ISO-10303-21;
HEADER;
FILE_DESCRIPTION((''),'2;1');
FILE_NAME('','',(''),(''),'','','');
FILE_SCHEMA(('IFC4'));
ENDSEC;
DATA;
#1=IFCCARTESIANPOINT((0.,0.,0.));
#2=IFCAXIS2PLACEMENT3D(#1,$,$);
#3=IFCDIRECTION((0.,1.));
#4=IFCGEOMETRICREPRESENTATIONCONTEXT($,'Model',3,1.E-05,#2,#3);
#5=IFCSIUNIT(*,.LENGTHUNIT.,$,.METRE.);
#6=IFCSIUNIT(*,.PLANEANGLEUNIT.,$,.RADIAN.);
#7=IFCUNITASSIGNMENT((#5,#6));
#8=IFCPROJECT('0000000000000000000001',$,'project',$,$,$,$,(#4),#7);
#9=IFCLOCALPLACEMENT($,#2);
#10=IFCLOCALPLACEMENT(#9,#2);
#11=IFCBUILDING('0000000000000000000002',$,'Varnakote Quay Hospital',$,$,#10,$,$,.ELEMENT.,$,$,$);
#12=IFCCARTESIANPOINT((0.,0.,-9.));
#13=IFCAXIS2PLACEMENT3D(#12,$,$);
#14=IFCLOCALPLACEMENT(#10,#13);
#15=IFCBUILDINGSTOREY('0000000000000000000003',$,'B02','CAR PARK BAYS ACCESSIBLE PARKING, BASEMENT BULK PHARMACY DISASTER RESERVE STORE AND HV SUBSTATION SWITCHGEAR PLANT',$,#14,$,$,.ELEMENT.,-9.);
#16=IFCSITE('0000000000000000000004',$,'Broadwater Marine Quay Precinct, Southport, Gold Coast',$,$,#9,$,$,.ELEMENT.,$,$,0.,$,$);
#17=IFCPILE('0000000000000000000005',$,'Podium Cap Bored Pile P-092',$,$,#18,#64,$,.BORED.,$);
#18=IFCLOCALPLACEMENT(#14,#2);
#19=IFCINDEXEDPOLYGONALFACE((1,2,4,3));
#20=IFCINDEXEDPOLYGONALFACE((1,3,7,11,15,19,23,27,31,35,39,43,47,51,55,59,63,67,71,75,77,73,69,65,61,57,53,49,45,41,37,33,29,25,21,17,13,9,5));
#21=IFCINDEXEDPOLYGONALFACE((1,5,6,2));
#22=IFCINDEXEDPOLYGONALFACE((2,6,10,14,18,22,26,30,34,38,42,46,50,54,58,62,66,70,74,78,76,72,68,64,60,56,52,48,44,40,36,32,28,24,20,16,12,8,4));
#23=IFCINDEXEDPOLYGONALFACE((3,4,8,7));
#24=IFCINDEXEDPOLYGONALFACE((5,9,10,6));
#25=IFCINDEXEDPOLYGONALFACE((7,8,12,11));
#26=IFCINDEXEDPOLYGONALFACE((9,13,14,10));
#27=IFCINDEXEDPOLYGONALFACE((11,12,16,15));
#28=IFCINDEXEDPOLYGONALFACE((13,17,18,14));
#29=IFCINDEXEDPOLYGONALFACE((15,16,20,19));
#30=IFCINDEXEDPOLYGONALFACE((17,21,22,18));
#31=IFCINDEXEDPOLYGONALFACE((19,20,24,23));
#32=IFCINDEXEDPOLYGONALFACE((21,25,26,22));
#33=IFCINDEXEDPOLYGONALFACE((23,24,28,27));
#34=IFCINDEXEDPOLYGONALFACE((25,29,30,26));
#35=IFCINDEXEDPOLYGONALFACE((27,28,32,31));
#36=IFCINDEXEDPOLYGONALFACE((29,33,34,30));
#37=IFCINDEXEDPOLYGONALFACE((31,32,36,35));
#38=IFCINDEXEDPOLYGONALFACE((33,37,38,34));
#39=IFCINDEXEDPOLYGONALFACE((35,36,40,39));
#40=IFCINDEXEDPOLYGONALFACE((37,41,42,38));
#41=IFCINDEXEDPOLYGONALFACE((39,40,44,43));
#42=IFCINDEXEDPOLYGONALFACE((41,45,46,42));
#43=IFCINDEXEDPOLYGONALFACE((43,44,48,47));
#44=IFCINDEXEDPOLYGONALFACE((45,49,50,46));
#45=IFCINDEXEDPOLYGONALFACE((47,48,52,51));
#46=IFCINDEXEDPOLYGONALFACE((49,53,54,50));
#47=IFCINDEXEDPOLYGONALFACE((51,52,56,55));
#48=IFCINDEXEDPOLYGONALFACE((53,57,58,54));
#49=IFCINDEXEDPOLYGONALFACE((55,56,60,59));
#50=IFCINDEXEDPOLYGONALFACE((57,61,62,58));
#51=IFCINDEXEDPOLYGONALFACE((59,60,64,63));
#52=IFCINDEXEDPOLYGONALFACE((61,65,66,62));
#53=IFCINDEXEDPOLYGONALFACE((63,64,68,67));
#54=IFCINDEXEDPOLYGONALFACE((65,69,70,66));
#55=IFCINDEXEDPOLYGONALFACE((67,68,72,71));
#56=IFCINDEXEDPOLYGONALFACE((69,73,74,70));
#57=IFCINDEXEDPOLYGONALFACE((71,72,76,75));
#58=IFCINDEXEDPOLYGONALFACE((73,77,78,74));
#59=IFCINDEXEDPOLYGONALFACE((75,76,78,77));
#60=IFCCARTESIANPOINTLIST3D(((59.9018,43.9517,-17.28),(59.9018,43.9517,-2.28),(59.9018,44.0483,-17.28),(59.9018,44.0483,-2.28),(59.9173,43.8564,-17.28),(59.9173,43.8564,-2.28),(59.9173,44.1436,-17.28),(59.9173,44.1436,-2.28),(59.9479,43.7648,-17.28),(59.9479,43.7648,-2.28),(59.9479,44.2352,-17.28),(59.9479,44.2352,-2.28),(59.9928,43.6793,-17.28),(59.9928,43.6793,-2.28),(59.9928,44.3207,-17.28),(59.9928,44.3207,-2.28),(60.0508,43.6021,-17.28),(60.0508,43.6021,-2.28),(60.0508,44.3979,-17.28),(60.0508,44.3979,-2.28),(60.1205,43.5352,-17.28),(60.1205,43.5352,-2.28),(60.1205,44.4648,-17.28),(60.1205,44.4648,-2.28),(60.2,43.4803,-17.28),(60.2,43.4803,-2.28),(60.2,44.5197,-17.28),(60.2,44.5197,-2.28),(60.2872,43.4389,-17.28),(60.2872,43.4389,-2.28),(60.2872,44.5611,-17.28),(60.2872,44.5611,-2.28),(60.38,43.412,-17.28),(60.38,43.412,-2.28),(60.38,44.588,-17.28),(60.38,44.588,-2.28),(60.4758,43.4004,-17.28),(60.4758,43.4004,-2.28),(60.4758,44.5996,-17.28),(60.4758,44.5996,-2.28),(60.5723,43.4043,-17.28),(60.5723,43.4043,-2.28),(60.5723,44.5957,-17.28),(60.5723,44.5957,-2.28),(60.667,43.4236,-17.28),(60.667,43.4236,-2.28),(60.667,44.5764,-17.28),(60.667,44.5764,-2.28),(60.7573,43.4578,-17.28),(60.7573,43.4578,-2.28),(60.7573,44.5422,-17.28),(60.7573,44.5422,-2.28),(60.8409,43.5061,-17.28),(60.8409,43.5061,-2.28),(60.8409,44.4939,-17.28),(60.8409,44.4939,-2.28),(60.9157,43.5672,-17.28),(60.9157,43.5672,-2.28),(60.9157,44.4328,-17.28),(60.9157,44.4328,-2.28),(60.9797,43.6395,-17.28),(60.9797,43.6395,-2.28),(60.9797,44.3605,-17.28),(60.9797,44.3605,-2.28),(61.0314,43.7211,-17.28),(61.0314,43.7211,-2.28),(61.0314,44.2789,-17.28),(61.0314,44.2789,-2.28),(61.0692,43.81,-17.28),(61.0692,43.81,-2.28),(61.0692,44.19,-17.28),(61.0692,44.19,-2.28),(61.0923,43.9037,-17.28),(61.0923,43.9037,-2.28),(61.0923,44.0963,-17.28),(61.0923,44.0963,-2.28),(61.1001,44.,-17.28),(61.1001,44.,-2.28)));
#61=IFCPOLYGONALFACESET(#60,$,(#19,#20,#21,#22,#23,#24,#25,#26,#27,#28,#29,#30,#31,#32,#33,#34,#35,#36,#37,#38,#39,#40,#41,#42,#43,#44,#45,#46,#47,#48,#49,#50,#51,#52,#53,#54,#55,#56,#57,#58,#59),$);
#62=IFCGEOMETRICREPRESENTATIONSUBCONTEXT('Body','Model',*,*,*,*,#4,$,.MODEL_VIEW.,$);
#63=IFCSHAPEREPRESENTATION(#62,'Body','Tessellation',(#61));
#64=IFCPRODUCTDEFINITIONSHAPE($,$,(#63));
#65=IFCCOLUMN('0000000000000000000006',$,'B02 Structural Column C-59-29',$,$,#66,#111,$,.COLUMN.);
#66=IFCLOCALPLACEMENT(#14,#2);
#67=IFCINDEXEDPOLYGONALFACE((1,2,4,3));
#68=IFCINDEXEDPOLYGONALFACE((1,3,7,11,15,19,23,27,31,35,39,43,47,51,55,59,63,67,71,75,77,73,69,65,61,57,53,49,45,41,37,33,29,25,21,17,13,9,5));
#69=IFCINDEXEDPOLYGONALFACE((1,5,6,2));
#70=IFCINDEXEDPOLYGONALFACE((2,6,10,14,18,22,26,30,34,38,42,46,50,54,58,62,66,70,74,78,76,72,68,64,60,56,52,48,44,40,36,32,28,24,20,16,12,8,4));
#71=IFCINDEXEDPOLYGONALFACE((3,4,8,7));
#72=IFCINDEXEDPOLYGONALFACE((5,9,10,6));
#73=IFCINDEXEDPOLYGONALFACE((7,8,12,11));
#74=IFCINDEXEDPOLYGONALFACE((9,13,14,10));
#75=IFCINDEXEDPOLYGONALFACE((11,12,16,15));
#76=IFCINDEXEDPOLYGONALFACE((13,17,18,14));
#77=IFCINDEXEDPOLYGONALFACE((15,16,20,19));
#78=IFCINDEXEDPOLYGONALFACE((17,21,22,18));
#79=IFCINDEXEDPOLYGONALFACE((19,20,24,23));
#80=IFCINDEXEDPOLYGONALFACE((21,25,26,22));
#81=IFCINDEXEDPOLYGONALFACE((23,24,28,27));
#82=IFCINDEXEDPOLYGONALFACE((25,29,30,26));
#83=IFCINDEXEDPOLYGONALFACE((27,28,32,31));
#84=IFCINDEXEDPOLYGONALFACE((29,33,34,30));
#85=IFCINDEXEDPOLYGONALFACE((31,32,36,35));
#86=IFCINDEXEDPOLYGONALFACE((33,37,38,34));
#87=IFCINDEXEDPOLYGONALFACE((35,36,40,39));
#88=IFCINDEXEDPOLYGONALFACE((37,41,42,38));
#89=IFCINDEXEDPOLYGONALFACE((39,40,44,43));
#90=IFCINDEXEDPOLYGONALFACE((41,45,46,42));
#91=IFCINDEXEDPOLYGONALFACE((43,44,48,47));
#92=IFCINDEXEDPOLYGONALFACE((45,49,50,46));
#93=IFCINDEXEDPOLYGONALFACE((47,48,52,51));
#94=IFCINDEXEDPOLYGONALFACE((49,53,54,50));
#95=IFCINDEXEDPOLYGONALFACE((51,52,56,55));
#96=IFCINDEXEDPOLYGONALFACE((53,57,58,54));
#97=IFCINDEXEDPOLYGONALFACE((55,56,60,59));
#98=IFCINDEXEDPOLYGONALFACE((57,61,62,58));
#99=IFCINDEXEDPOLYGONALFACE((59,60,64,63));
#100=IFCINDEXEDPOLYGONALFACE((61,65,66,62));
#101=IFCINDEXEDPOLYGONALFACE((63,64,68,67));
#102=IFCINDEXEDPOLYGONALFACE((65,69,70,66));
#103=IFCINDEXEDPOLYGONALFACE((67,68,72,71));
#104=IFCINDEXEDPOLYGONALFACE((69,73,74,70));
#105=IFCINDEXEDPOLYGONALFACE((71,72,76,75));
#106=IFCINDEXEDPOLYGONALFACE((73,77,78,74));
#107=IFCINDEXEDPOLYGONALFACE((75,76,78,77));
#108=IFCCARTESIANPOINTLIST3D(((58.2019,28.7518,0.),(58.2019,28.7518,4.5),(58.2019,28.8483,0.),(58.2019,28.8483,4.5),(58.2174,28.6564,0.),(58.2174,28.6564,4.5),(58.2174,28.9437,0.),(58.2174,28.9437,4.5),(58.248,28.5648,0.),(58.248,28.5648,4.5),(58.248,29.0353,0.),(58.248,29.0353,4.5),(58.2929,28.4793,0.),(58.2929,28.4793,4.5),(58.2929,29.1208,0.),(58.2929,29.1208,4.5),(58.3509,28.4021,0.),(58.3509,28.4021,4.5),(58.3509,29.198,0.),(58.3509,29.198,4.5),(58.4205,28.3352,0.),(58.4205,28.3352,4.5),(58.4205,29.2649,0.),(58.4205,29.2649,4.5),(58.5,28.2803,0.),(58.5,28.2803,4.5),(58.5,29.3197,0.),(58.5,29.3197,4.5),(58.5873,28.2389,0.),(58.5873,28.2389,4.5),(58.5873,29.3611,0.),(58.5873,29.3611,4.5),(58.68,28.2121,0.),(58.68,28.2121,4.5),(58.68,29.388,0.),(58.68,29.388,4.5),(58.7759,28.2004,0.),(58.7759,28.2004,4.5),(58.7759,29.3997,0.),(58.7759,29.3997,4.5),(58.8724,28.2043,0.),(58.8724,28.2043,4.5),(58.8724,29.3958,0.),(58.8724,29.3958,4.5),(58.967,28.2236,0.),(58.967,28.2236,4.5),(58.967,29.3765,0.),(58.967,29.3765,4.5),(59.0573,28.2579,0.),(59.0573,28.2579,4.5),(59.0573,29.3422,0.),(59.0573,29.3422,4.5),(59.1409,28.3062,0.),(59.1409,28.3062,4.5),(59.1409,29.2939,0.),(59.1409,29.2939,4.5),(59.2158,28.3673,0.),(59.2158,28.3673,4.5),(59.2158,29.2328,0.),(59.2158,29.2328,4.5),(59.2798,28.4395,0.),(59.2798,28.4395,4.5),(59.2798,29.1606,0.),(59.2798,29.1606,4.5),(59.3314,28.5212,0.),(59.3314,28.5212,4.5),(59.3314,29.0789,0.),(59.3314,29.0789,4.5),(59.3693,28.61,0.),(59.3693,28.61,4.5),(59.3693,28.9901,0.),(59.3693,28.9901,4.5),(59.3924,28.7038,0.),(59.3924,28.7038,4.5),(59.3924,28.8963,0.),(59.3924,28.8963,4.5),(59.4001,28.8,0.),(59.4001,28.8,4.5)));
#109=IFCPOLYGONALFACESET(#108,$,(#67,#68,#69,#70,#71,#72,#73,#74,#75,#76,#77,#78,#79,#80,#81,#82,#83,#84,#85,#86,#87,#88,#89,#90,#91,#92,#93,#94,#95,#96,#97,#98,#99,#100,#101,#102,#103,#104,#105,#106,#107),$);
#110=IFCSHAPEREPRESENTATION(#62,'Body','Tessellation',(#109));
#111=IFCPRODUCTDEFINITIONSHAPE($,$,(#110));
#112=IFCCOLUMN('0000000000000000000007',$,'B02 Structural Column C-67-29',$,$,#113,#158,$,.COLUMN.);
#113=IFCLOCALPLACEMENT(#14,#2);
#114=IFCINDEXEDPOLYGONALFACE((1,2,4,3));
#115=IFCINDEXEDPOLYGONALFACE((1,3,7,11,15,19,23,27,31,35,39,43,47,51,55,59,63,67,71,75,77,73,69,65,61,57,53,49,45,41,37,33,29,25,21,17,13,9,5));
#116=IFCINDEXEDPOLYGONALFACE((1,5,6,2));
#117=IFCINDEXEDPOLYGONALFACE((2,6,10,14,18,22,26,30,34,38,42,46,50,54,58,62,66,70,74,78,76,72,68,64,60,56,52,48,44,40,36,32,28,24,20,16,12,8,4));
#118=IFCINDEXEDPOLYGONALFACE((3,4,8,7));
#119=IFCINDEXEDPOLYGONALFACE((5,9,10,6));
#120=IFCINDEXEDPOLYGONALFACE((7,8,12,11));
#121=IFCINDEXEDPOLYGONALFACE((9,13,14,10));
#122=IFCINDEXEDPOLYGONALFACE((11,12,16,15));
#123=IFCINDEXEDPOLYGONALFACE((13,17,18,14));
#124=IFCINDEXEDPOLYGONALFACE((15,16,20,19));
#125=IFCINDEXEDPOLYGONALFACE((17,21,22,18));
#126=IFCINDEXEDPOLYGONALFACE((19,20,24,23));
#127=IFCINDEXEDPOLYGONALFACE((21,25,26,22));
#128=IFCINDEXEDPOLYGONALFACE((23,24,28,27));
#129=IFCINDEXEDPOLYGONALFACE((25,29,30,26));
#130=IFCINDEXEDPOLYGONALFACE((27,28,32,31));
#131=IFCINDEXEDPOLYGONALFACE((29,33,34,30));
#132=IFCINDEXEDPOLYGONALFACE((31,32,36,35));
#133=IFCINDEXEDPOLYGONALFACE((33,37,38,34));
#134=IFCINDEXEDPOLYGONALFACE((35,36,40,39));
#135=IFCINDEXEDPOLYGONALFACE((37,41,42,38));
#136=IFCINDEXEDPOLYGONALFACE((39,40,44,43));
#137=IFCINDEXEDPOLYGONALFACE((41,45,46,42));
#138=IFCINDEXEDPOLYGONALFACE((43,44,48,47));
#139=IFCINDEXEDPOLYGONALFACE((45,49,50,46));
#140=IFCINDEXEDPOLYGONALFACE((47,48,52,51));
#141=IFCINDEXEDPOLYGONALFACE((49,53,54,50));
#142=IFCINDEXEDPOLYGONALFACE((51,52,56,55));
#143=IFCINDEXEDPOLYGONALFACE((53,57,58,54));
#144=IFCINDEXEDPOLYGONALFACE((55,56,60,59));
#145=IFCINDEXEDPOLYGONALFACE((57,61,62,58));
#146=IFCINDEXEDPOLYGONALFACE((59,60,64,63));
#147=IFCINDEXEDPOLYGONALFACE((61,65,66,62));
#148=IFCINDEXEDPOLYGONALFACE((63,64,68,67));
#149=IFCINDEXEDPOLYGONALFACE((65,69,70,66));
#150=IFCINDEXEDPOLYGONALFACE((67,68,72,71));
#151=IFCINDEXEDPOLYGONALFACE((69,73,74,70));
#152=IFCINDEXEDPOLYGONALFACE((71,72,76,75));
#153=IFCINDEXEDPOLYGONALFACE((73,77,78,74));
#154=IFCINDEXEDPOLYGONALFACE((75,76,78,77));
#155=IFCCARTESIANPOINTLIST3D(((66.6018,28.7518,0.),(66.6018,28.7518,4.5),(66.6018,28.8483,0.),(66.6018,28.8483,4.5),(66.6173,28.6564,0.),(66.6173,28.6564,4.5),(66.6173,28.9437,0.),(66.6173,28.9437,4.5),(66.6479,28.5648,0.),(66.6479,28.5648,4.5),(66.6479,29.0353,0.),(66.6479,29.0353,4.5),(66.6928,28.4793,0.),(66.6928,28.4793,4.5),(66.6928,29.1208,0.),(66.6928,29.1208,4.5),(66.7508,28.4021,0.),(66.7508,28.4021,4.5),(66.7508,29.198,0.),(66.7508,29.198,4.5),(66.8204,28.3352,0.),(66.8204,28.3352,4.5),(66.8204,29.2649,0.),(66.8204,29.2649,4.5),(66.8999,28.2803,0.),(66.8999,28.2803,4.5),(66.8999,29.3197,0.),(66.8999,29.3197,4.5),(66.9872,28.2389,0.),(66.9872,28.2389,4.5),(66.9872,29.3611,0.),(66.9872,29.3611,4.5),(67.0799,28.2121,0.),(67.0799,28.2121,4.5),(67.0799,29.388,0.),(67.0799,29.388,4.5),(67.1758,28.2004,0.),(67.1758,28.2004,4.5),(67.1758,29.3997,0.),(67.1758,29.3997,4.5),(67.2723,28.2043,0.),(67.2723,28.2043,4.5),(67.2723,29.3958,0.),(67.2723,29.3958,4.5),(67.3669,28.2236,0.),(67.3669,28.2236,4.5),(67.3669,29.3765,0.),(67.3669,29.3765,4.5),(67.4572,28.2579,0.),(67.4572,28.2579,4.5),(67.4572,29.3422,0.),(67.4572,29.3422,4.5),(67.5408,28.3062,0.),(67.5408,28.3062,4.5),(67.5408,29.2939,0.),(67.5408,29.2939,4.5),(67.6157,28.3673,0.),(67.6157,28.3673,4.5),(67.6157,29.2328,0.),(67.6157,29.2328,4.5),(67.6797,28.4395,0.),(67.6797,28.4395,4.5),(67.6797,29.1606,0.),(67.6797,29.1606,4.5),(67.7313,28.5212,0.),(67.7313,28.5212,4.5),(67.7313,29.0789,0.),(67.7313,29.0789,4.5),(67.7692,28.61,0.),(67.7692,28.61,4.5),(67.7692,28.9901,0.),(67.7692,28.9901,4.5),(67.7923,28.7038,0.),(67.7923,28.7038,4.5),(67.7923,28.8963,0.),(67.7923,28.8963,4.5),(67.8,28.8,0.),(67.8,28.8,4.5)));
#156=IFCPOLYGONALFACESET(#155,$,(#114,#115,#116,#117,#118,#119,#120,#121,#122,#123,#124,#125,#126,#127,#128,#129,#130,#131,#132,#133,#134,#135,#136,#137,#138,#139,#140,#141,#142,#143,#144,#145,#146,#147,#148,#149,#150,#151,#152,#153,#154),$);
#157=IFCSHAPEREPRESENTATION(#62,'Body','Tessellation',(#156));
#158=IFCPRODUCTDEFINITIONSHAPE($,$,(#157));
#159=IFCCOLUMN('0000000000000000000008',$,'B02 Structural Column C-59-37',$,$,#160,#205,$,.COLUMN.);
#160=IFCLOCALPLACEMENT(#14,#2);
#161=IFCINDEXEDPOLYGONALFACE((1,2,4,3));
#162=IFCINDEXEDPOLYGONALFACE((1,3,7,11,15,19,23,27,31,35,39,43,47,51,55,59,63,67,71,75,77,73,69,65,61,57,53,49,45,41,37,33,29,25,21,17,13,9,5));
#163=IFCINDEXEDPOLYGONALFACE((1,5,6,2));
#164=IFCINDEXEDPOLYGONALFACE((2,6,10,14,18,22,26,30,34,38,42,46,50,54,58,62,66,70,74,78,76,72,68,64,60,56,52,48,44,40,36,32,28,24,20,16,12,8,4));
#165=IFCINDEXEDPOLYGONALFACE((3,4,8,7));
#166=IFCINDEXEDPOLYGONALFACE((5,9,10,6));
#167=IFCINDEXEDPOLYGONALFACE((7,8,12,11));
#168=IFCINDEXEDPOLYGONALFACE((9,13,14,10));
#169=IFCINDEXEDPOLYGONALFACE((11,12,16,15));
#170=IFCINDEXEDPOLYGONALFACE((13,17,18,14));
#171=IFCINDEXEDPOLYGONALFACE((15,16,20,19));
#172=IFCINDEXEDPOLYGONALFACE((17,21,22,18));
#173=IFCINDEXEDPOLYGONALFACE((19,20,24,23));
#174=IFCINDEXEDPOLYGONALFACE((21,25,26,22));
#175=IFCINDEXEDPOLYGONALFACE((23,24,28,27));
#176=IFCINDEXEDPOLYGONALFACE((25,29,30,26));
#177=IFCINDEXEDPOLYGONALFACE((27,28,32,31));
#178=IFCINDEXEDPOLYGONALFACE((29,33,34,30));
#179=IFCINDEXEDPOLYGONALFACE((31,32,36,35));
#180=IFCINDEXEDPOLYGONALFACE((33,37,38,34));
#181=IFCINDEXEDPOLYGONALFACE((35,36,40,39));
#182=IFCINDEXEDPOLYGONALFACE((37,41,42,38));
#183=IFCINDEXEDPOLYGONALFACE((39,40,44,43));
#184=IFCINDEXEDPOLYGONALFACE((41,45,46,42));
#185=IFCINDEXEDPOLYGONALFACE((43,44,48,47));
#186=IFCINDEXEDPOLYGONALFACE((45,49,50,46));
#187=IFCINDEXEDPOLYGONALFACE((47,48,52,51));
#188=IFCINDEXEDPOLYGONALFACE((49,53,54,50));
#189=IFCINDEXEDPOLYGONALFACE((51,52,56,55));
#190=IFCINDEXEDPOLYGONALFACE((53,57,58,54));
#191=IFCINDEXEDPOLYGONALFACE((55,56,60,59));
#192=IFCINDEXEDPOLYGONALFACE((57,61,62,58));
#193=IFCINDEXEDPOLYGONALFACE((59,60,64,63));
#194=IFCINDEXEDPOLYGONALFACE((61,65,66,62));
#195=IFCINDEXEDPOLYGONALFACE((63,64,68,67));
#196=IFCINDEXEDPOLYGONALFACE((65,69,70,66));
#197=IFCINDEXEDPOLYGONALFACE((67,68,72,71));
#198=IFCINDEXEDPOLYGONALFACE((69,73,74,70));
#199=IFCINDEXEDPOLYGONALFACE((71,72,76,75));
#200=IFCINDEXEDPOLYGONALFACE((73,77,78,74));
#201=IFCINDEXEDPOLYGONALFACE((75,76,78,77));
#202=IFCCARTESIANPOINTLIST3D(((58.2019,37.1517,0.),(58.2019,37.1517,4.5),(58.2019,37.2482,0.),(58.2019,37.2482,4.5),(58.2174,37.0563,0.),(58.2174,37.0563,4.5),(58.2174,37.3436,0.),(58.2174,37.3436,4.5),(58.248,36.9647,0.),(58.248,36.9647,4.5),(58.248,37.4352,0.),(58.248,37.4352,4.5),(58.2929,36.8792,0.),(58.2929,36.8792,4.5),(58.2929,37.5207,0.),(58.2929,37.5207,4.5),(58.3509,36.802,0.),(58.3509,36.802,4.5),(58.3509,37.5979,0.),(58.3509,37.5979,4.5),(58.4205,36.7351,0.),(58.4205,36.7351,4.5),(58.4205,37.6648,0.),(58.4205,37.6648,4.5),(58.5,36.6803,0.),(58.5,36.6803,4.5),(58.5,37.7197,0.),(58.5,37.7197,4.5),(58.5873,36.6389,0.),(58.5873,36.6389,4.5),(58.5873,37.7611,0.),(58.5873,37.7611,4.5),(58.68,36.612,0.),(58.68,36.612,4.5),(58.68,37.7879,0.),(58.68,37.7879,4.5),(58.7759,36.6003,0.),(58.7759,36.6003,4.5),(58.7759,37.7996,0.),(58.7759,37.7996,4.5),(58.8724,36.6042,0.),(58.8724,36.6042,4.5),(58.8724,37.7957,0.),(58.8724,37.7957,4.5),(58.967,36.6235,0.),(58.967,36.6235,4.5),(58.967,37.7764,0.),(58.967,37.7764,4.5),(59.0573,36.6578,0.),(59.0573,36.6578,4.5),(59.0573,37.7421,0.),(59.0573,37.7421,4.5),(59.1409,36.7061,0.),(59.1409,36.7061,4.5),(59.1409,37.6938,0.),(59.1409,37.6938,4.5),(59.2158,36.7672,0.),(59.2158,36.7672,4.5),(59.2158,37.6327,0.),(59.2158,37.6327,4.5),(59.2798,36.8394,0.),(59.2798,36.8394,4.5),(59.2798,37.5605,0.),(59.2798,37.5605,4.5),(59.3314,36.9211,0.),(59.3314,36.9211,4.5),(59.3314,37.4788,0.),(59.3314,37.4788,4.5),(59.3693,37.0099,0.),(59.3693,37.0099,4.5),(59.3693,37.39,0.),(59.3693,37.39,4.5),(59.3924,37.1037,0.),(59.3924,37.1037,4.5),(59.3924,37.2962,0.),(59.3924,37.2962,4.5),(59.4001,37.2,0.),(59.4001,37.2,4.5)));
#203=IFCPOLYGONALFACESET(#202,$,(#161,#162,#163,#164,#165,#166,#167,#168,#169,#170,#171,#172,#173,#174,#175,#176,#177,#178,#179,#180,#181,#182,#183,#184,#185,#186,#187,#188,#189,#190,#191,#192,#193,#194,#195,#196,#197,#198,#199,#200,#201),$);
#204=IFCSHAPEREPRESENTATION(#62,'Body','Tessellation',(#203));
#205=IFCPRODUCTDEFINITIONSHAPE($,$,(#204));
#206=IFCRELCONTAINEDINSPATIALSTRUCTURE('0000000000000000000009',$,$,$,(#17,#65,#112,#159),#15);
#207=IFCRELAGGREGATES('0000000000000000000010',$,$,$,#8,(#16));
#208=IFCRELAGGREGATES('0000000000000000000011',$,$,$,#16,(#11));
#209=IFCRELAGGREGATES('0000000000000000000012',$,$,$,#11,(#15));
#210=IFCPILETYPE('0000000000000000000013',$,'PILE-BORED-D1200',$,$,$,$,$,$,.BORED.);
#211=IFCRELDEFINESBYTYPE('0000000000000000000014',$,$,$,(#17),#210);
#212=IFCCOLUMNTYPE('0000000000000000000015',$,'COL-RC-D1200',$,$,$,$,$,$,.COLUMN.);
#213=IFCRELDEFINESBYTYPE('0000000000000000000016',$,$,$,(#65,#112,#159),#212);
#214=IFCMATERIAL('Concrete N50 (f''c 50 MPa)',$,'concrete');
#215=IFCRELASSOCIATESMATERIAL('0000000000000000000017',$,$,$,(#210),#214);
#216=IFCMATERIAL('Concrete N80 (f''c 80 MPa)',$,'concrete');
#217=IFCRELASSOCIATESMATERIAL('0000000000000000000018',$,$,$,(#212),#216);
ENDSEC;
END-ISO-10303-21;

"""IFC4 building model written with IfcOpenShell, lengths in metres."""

from ifc_helpers import new_model, si_unit, direction, frame, origin, origin_2d, place, context, subcontext, project, spatial, circle, extrude, material, material_profile, profile_set, type_object, element, save


model = new_model("IFC4")

# Units and contexts
model_context = context("Model", 3, precision=1e-05, world=origin(), true_north=direction((0.0, 1.0)))
body_context = subcontext(model_context, "Body", "Model", "MODEL_VIEW")
ifc_project = project(units=[si_unit("LENGTHUNIT", "METRE"), si_unit("PLANEANGLEUNIT", "RADIAN")], contexts=[model_context])

# Site, building, storey
site_placement = place(None, origin())
site = spatial("IfcSite", under=ifc_project, at=site_placement, Name="Broadwater Marine Quay Precinct, Southport, Gold Coast", CompositionType="ELEMENT", RefElevation=0.0)
building_placement = place(site_placement, origin())
building = spatial("IfcBuilding", under=site, at=building_placement, Name="Varnakote Quay Hospital", CompositionType="ELEMENT")
storey_placement = place(building_placement, frame((0.0, 0.0, -9.0)))
storey = spatial("IfcBuildingStorey", under=building, at=storey_placement, Name="B02", Description="CAR PARK BAYS ACCESSIBLE PARKING, BASEMENT BULK PHARMACY DISASTER RESERVE STORE AND HV SUBSTATION SWITCHGEAR PLANT", CompositionType="ELEMENT", Elevation=-9.0)

# Pile
ifc_material_1 = material(Name="Concrete N50 (f'c 50 MPa)", Category="concrete")
ifc_material_profile_1 = material_profile(ifc_material_1, circle(Radius=0.6001, at=origin_2d()), Name="PILE-D1200")
ifc_profile_set_1 = profile_set([ifc_material_profile_1], Name="Concrete N50 (f'c 50 MPa)")
pile_type = type_object("IfcPileType", Name="PILE-BORED-D1200", PredefinedType="BORED", material=ifc_profile_set_1)
for number, where, z_axis, x_axis, name in (
    (1, (60.5, 44.0, -2.28), (0.0, 0.0, -1.0), (1.0, 0.0, 0.0), "Podium Cap Bored Pile P-092"),
):
    element("IfcPile", number, at=place(storey_placement, frame(where, z_axis=z_axis, x_axis=x_axis)), inside=storey, type_object=pile_type, Name=name, PredefinedType="BORED", context=body_context, shape_type="SweptSolid", body=[
        extrude(circle(Radius=0.6001, at=origin_2d()), origin(), (0.0, 0.0, 1.0), 15.0),
    ])

# Columns
ifc_material_2 = material(Name="Concrete N80 (f'c 80 MPa)", Category="concrete")
ifc_material_profile_2 = material_profile(ifc_material_2, circle(Radius=0.6001, at=origin_2d()), Name="RC-COL-D1200")
ifc_profile_set_2 = profile_set([ifc_material_profile_2], Name="Concrete N80 (f'c 80 MPa)")
column_type = type_object("IfcColumnType", Name="COL-RC-D1200", PredefinedType="COLUMN", material=ifc_profile_set_2)
for number, where, z_axis, x_axis, name in (
    (2, (58.8, 28.8, 0.0), (0.0, 0.0, 1.0), (1.0, 0.0, 0.0), "B02 Structural Column C-59-29"),
    (3, (67.2, 28.8, 0.0), (0.0, 0.0, 1.0), (1.0, 0.0, 0.0), "B02 Structural Column C-67-29"),
    (4, (58.8, 37.2, 0.0), (0.0, 0.0, 1.0), (1.0, 0.0, 0.0), "B02 Structural Column C-59-37"),
):
    element("IfcColumn", number, at=place(storey_placement, frame(where, z_axis=z_axis, x_axis=x_axis)), inside=storey, type_object=column_type, Name=name, PredefinedType="COLUMN", context=body_context, shape_type="SweptSolid", body=[
        extrude(circle(Radius=0.6001, at=origin_2d()), origin(), (0.0, 0.0, 1.0), 4.5),
    ])

save(model, "model.ifc")
